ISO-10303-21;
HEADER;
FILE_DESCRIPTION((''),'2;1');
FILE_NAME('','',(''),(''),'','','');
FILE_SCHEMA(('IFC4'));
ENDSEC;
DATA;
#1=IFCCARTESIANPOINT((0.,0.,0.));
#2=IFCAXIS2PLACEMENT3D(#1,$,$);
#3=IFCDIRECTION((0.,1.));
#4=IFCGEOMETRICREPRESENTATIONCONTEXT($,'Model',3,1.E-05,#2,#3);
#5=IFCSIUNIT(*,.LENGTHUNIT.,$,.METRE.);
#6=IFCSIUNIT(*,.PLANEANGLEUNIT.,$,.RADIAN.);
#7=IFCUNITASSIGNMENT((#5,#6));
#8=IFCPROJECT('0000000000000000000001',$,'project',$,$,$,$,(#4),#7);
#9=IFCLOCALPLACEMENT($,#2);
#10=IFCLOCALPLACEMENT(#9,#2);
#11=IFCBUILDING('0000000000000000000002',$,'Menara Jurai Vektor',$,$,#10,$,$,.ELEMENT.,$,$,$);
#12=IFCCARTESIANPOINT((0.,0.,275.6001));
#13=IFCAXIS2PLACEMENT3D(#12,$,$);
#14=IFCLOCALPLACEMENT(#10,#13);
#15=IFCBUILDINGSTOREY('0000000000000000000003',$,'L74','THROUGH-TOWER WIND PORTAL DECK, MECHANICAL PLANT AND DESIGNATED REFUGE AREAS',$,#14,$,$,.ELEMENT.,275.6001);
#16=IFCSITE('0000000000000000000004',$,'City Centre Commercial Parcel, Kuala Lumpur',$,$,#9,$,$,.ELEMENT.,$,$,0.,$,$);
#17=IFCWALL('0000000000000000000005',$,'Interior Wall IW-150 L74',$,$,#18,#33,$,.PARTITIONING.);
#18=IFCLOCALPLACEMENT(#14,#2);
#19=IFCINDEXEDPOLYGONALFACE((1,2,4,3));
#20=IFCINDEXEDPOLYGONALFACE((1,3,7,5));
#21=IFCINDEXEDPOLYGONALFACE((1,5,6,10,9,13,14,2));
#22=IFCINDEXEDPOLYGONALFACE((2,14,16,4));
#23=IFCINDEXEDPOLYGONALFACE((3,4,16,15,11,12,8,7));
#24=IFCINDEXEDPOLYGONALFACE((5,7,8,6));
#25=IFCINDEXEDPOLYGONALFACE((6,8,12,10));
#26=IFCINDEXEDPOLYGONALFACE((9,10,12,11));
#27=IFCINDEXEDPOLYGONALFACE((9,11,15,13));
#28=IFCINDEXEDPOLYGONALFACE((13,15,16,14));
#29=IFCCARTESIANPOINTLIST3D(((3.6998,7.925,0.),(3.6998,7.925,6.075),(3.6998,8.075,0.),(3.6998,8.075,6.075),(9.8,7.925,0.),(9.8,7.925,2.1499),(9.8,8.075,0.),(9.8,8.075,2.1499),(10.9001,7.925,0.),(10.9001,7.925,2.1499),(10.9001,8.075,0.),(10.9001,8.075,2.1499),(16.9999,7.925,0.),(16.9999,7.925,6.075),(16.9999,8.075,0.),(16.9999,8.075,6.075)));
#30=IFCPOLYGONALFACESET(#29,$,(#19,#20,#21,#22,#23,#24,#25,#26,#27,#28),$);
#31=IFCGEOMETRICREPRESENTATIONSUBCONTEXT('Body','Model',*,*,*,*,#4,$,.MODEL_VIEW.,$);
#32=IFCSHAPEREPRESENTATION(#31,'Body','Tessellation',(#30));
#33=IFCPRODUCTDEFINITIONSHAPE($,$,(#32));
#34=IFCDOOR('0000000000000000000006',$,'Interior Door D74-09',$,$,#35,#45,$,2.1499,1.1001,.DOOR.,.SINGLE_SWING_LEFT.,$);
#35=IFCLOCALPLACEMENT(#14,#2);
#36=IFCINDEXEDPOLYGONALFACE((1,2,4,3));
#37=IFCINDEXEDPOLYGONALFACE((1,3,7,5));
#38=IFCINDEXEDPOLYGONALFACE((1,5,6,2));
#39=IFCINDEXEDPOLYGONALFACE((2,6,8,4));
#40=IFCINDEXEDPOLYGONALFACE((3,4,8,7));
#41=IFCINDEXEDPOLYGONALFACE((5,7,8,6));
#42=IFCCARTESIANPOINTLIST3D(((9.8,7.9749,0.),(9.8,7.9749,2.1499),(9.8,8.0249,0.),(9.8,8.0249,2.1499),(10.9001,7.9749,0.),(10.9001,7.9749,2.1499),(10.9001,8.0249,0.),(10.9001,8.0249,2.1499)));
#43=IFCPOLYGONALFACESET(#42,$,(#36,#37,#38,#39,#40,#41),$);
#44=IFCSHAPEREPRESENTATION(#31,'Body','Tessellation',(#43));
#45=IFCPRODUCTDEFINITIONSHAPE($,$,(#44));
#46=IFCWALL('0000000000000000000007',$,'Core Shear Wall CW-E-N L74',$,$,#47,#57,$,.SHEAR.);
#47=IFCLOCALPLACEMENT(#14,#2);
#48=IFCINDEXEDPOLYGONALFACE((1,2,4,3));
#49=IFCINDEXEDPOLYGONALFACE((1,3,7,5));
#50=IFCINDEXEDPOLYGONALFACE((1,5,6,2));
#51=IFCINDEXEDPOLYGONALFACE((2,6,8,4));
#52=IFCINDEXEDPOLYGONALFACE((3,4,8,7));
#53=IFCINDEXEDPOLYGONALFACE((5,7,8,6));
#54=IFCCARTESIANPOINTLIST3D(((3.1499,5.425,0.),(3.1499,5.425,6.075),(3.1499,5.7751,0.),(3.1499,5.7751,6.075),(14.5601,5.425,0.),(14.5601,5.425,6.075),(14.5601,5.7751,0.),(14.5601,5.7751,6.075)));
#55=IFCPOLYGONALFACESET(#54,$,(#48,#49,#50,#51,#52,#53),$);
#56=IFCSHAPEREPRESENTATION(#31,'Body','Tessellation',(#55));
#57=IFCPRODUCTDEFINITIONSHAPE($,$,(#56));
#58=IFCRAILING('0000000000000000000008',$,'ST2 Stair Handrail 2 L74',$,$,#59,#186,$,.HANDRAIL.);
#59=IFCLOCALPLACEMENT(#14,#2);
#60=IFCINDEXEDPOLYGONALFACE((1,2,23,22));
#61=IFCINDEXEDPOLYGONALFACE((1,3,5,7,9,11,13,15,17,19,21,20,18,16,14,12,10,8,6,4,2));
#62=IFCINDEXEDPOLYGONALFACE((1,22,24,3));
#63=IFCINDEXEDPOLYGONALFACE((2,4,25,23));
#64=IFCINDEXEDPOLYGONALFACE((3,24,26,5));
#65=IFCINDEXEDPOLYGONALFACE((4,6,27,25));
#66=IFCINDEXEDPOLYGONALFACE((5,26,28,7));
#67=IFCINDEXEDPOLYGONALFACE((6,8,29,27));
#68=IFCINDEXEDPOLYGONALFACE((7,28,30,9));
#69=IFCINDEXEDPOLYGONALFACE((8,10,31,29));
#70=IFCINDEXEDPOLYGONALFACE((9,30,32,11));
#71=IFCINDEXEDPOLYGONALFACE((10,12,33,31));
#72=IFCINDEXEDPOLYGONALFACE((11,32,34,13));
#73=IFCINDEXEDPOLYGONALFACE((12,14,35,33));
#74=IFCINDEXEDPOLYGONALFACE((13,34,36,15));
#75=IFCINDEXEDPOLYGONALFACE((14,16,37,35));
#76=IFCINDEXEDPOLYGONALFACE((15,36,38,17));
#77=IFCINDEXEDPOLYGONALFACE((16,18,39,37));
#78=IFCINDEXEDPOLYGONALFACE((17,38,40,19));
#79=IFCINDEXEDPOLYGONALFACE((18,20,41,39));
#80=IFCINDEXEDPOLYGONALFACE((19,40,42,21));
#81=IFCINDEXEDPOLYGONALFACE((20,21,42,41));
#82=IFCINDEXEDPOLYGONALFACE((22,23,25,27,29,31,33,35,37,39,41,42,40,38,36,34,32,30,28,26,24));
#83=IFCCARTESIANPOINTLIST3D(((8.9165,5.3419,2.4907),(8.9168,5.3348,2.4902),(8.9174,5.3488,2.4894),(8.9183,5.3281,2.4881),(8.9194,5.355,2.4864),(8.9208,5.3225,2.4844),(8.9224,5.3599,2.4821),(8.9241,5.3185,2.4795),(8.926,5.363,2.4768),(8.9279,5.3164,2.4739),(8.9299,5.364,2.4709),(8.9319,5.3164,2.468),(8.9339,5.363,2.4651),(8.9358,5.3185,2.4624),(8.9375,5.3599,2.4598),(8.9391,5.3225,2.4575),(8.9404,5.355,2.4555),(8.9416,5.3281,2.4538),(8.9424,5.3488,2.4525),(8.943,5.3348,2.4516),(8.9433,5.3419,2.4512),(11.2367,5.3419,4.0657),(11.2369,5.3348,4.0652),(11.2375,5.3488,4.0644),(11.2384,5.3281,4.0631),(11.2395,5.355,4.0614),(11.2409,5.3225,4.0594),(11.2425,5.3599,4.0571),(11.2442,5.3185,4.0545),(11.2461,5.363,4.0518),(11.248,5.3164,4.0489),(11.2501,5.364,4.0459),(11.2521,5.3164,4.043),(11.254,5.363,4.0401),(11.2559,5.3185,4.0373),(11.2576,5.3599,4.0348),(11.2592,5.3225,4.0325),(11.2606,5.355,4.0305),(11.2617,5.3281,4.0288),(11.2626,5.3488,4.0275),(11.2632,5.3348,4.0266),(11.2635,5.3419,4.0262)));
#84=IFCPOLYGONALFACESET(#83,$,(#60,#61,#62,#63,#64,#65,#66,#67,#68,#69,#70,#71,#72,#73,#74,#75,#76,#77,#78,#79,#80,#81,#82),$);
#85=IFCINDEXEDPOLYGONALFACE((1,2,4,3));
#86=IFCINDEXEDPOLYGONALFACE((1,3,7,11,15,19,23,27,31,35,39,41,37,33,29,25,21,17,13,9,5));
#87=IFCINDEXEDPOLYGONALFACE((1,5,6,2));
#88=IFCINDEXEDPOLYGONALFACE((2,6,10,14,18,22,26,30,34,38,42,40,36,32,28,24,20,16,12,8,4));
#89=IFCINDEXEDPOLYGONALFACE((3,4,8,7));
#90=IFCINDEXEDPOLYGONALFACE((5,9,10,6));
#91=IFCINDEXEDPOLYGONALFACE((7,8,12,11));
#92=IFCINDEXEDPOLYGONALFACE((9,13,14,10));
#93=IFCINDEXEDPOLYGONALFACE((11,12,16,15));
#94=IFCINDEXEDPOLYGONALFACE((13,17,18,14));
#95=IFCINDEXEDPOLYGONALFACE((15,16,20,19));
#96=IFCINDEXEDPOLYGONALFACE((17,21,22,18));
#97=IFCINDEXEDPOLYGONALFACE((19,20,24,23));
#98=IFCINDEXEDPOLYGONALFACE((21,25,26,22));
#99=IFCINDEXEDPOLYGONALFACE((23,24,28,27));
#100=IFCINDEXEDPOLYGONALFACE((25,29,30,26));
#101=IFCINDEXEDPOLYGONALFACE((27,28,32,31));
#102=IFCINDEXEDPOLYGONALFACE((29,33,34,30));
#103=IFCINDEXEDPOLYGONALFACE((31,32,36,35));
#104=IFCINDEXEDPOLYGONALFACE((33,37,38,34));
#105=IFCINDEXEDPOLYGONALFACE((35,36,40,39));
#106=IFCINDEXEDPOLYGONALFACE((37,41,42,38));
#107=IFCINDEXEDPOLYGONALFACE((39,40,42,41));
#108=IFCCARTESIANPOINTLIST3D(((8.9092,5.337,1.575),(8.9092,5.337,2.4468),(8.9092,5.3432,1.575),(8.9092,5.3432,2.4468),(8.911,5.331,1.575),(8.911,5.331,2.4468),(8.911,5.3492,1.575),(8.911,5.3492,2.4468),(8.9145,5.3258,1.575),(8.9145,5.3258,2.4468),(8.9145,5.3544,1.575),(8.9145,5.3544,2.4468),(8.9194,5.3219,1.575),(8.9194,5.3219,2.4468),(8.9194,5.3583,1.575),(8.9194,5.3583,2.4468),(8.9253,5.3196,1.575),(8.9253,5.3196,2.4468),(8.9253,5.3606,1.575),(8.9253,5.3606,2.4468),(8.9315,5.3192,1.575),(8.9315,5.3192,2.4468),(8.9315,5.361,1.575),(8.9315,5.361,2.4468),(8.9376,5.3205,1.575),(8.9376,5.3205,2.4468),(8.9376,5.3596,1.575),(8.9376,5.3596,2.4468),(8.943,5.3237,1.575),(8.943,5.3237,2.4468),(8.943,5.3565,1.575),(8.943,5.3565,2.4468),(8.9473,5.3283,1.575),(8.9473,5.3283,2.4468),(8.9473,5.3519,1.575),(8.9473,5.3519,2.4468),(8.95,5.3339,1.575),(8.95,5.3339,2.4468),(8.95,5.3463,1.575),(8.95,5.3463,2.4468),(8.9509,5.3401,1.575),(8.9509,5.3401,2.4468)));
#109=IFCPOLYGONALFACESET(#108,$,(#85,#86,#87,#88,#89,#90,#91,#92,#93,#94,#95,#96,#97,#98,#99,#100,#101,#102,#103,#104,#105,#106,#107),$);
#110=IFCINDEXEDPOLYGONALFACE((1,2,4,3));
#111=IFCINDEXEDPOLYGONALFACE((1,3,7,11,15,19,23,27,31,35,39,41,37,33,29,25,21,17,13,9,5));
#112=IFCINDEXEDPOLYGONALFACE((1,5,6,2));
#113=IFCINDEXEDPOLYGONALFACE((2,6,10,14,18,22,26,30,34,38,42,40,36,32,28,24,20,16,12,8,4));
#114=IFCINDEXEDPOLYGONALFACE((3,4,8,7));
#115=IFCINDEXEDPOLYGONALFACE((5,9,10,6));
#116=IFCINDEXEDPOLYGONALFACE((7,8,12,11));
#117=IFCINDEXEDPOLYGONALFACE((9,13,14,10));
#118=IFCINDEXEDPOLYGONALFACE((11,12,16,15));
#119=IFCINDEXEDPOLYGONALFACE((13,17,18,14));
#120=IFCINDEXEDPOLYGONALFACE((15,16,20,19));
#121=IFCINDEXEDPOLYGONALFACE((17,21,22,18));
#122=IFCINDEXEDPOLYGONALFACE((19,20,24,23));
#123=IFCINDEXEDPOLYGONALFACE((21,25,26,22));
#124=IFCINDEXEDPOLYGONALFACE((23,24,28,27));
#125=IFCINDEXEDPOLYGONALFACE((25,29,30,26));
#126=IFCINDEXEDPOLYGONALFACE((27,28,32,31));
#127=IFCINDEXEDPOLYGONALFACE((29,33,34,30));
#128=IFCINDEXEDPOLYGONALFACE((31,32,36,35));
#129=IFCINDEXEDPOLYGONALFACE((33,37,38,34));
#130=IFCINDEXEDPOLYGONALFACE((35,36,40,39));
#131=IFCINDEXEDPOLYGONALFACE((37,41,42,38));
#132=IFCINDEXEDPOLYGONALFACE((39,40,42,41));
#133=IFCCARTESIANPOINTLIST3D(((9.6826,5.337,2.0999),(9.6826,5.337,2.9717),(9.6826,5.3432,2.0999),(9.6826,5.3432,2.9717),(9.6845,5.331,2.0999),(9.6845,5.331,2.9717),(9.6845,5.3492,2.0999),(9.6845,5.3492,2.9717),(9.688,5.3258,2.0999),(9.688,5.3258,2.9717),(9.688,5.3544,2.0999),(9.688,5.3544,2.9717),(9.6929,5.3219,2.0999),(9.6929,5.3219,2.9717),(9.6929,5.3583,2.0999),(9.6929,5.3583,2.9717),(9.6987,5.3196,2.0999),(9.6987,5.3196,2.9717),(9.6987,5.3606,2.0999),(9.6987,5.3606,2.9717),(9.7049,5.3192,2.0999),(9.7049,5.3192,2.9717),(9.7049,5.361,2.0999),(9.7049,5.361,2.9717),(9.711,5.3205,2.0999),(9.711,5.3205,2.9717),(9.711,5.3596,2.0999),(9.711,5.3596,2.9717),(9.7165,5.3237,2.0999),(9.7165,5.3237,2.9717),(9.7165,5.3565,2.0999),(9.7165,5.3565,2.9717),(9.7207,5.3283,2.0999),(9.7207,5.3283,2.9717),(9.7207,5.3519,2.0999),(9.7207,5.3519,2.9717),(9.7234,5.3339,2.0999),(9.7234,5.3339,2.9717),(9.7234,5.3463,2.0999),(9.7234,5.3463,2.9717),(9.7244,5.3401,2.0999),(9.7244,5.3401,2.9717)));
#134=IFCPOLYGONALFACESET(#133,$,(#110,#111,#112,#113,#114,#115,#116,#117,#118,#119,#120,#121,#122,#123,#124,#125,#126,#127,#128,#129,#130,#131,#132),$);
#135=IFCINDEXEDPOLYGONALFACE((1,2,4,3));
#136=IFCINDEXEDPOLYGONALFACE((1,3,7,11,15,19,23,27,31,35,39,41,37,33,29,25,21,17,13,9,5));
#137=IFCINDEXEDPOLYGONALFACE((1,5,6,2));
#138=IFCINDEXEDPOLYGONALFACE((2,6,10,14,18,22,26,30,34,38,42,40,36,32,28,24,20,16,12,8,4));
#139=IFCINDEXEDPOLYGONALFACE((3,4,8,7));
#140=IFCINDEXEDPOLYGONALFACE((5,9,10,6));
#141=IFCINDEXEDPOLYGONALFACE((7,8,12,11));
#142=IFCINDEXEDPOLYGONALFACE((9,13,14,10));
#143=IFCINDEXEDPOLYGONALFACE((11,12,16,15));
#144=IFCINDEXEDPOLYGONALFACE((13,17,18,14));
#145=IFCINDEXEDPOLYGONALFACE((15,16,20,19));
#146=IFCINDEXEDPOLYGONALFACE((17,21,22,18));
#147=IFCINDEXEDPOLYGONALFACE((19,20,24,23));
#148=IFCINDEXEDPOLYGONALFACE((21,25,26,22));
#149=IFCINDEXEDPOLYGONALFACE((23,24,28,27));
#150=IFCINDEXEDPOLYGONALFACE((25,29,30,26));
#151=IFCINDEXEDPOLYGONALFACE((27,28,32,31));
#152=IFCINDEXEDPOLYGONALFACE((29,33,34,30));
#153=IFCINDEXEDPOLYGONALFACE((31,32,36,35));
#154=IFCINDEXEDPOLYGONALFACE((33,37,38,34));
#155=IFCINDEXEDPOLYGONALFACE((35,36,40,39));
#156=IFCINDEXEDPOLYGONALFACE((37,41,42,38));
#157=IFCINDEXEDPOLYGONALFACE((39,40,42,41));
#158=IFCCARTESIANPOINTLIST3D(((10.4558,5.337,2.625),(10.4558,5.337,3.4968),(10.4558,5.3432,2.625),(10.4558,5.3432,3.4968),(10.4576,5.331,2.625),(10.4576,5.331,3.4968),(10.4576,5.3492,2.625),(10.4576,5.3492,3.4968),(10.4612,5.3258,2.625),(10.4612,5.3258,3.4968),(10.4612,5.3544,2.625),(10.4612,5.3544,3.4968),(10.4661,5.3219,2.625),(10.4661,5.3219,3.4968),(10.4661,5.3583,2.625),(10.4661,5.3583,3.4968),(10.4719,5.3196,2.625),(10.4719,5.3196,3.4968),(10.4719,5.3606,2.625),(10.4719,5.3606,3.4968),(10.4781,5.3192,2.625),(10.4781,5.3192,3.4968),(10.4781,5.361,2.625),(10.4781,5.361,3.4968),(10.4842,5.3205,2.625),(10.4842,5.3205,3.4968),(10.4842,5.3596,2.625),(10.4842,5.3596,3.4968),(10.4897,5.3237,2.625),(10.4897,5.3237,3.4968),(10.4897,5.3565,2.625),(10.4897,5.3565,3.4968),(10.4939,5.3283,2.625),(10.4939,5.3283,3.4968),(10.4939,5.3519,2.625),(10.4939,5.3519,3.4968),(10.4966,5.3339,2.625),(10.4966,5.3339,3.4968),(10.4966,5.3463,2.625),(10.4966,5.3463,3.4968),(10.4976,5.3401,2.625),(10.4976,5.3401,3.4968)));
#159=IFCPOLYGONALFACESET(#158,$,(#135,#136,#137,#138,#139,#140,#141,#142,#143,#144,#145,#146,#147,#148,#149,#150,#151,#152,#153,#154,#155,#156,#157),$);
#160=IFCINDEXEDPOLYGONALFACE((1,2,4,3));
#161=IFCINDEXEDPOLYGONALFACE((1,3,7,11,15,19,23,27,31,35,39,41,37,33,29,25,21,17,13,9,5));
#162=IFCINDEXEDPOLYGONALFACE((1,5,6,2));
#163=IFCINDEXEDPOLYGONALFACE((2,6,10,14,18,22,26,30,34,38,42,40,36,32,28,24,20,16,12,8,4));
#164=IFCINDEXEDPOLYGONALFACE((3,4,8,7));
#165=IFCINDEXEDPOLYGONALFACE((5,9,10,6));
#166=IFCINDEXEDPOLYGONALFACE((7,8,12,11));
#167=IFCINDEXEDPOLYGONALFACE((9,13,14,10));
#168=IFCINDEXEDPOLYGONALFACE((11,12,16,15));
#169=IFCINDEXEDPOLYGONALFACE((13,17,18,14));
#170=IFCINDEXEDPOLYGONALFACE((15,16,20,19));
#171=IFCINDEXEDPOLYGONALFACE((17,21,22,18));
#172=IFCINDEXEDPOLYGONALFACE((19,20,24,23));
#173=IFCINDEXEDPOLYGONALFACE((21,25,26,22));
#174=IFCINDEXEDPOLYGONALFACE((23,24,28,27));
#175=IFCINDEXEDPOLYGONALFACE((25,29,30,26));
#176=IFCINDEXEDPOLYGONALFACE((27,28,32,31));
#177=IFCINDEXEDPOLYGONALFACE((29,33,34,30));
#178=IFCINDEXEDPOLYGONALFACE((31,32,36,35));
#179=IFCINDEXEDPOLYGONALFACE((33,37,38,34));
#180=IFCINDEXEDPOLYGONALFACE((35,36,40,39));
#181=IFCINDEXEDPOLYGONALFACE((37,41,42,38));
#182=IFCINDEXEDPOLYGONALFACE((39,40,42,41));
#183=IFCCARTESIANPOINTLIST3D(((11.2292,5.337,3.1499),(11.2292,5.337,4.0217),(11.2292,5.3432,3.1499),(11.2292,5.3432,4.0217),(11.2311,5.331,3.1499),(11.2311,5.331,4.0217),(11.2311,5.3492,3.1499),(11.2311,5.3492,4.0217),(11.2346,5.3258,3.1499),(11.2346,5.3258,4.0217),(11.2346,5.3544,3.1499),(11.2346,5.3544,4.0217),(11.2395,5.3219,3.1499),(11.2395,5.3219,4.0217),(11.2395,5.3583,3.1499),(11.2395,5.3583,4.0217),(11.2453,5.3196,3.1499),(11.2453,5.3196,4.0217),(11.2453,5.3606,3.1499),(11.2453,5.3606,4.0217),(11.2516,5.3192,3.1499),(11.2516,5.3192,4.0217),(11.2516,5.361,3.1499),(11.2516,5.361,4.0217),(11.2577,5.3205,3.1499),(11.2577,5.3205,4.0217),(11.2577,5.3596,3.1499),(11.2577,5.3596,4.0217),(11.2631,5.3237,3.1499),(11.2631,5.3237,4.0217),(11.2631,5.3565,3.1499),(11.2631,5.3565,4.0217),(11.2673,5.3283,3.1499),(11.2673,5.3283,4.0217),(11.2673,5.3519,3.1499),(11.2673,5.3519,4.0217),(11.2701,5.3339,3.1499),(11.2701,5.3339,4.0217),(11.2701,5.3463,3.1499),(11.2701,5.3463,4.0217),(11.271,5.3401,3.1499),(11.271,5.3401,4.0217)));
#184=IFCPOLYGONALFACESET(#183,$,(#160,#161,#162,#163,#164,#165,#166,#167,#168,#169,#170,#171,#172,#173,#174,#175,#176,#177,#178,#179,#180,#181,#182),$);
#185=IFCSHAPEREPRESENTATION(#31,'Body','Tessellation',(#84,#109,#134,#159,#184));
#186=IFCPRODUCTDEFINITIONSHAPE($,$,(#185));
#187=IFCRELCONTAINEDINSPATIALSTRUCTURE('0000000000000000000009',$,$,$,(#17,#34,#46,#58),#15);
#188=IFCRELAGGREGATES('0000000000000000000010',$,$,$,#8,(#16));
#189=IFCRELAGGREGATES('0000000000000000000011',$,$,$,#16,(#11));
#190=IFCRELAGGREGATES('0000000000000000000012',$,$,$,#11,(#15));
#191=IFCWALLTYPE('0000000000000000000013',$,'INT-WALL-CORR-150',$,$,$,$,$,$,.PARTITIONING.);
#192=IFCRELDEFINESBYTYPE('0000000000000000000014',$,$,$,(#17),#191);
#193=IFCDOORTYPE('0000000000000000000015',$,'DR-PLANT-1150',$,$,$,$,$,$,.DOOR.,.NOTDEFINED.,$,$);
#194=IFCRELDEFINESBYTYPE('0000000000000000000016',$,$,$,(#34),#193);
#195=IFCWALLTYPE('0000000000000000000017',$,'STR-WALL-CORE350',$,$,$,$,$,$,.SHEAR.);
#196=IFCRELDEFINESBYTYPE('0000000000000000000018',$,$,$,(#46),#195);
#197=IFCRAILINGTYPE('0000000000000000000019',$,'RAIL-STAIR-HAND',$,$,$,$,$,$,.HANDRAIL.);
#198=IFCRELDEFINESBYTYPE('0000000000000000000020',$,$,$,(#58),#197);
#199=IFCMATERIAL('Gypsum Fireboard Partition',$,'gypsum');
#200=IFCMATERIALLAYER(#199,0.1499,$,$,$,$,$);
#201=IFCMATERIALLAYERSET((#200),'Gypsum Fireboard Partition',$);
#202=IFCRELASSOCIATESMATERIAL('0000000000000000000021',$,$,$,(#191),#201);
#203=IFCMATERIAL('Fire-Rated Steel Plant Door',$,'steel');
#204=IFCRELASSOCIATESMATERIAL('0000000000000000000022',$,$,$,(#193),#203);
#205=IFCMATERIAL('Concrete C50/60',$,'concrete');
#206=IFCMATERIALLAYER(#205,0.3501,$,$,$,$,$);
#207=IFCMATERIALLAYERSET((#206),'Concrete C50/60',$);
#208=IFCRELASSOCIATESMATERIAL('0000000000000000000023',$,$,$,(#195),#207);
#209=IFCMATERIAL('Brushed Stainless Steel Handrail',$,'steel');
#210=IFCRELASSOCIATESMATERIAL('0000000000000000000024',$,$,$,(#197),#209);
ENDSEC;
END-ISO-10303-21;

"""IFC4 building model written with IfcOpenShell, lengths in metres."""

from ifc_helpers import new_model, si_unit, direction, frame, frame_2d, origin, origin_2d, place, context, subcontext, project, spatial, rectangle, circle, extrude, material, layer, layer_set, type_object, element, fill, save


model = new_model("IFC4")

# Units and contexts
model_context = context("Model", 3, precision=1e-05, world=origin(), true_north=direction((0.0, 1.0)))
body_context = subcontext(model_context, "Body", "Model", "MODEL_VIEW")
ifc_project = project(units=[si_unit("LENGTHUNIT", "METRE"), si_unit("PLANEANGLEUNIT", "RADIAN")], contexts=[model_context])

# Site, building, storey
site_placement = place(None, origin())
site = spatial("IfcSite", under=ifc_project, at=site_placement, Name="City Centre Commercial Parcel, Kuala Lumpur", CompositionType="ELEMENT", RefElevation=0.0)
building_placement = place(site_placement, origin())
building = spatial("IfcBuilding", under=site, at=building_placement, Name="Menara Jurai Vektor", CompositionType="ELEMENT")
storey_placement = place(building_placement, frame((0.0, 0.0, 275.6001)))
storey = spatial("IfcBuildingStorey", under=building, at=storey_placement, Name="L74", Description="THROUGH-TOWER WIND PORTAL DECK, MECHANICAL PLANT AND DESIGNATED REFUGE AREAS", CompositionType="ELEMENT", Elevation=275.6001)

# Wall, opening, door
ifc_material_1 = material(Name="Gypsum Fireboard Partition", Category="gypsum")
ifc_layer_1 = layer(ifc_material_1, 0.1499)
ifc_layer_set_1 = layer_set([ifc_layer_1], Name="Gypsum Fireboard Partition")
wall_type_1 = type_object("IfcWallType", Name="INT-WALL-CORR-150", PredefinedType="PARTITIONING", material=ifc_layer_set_1)
wall_1_placement = place(storey_placement, frame((3.7, 8.0, 0.0), z_axis=(0.0, 0.0, 1.0), x_axis=(1.0, 0.0, 0.0)))
wall_1 = element("IfcWall", 1, at=wall_1_placement, inside=storey, type_object=wall_type_1, Name="Interior Wall IW-150 L74", PredefinedType="PARTITIONING", context=body_context, shape_type="SweptSolid", body=[
    extrude(rectangle(XDim=13.3, YDim=0.1499, at=frame_2d((6.6499, 0.0))), origin(), (0.0, 0.0, 1.0), 6.075),
])
opening_placement = place(wall_1_placement, frame((6.1001, 0.0, 0.0)))
opening = element("IfcOpeningElement", 2, at=opening_placement, cuts=wall_1, PredefinedType="OPENING", context=body_context, shape_type="SweptSolid", body=[
    extrude(rectangle(XDim=1.1001, YDim=2.1499, at=frame_2d((0.55, 1.075))), frame((0.0, 0.085, 0.0), z_axis=(0.0, -1.0, 0.0), x_axis=(1.0, 0.0, 0.0)), (0.0, 0.0, 1.0), 0.1699),
])
ifc_material_2 = material(Name="Fire-Rated Steel Plant Door", Category="steel")
door_type = type_object("IfcDoorType", Name="DR-PLANT-1150", OperationType="NOTDEFINED", PredefinedType="DOOR", material=ifc_material_2)
door_placement = place(opening_placement, origin())
door = element("IfcDoor", 3, at=door_placement, inside=storey, type_object=door_type, Name="Interior Door D74-09", OperationType="SINGLE_SWING_LEFT", OverallHeight=2.1499, OverallWidth=1.1001, PredefinedType="DOOR", context=body_context, shape_type="SweptSolid", body=[
    extrude(rectangle(XDim=1.1001, YDim=2.1499, at=frame_2d((0.55, 1.075))), frame((0.0, 0.0249, 0.0), z_axis=(0.0, -1.0, 0.0), x_axis=(1.0, 0.0, 0.0)), (0.0, 0.0, 1.0), 0.05),
])
fill(opening, door)

# Wall
ifc_material_3 = material(Name="Concrete C50/60", Category="concrete")
ifc_layer_2 = layer(ifc_material_3, 0.3501)
ifc_layer_set_2 = layer_set([ifc_layer_2], Name="Concrete C50/60")
wall_type_2 = type_object("IfcWallType", Name="STR-WALL-CORE350", PredefinedType="SHEAR", material=ifc_layer_set_2)
wall_2_placement = place(storey_placement, frame((3.1499, 5.6001, 0.0), z_axis=(0.0, 0.0, 1.0), x_axis=(1.0, 0.0, 0.0)))
element("IfcWall", 4, at=wall_2_placement, inside=storey, type_object=wall_type_2, Name="Core Shear Wall CW-E-N L74", PredefinedType="SHEAR", context=body_context, shape_type="SweptSolid", body=[
    extrude(rectangle(XDim=11.4102, YDim=0.3501, at=frame_2d((5.7051, 0.0))), origin(), (0.0, 0.0, 1.0), 6.075),
])

# Railing
ifc_material_4 = material(Name="Brushed Stainless Steel Handrail", Category="steel")
railing_type_1 = type_object("IfcRailingType", Name="RAIL-STAIR-HAND", PredefinedType="HANDRAIL", material=ifc_material_4)
for number, where, name in (
    (5, (8.9299, 5.3401, 1.575), "ST2 Stair Handrail 2 L74"),
):
    element("IfcRailing", number, at=place(storey_placement, frame(where)), inside=storey, type_object=railing_type_1, Name=name, PredefinedType="HANDRAIL", context=body_context, shape_type="SweptSolid", body=[
        extrude(circle(Radius=0.0239, at=origin_2d()), frame((0.0, 0.0, 0.896), z_axis=(0.827373, 0.0, 0.561653), x_axis=(0.0, 1.0, 0.0)), (0.0, 0.0, 1.0), 2.8042),
        extrude(circle(Radius=0.021, at=origin_2d()), origin(), (0.0, 0.0, 1.0), 0.8718),
        extrude(circle(Radius=0.021, at=origin_2d()), frame((0.7734, 0.0, 0.5249)), (0.0, 0.0, 1.0), 0.8718),
        extrude(circle(Radius=0.021, at=origin_2d()), frame((1.5466, 0.0, 1.05)), (0.0, 0.0, 1.0), 0.8718),
        extrude(circle(Radius=0.021, at=origin_2d()), frame((2.3201, 0.0, 1.575)), (0.0, 0.0, 1.0), 0.8718),
    ])

save(model, "model.ifc")
